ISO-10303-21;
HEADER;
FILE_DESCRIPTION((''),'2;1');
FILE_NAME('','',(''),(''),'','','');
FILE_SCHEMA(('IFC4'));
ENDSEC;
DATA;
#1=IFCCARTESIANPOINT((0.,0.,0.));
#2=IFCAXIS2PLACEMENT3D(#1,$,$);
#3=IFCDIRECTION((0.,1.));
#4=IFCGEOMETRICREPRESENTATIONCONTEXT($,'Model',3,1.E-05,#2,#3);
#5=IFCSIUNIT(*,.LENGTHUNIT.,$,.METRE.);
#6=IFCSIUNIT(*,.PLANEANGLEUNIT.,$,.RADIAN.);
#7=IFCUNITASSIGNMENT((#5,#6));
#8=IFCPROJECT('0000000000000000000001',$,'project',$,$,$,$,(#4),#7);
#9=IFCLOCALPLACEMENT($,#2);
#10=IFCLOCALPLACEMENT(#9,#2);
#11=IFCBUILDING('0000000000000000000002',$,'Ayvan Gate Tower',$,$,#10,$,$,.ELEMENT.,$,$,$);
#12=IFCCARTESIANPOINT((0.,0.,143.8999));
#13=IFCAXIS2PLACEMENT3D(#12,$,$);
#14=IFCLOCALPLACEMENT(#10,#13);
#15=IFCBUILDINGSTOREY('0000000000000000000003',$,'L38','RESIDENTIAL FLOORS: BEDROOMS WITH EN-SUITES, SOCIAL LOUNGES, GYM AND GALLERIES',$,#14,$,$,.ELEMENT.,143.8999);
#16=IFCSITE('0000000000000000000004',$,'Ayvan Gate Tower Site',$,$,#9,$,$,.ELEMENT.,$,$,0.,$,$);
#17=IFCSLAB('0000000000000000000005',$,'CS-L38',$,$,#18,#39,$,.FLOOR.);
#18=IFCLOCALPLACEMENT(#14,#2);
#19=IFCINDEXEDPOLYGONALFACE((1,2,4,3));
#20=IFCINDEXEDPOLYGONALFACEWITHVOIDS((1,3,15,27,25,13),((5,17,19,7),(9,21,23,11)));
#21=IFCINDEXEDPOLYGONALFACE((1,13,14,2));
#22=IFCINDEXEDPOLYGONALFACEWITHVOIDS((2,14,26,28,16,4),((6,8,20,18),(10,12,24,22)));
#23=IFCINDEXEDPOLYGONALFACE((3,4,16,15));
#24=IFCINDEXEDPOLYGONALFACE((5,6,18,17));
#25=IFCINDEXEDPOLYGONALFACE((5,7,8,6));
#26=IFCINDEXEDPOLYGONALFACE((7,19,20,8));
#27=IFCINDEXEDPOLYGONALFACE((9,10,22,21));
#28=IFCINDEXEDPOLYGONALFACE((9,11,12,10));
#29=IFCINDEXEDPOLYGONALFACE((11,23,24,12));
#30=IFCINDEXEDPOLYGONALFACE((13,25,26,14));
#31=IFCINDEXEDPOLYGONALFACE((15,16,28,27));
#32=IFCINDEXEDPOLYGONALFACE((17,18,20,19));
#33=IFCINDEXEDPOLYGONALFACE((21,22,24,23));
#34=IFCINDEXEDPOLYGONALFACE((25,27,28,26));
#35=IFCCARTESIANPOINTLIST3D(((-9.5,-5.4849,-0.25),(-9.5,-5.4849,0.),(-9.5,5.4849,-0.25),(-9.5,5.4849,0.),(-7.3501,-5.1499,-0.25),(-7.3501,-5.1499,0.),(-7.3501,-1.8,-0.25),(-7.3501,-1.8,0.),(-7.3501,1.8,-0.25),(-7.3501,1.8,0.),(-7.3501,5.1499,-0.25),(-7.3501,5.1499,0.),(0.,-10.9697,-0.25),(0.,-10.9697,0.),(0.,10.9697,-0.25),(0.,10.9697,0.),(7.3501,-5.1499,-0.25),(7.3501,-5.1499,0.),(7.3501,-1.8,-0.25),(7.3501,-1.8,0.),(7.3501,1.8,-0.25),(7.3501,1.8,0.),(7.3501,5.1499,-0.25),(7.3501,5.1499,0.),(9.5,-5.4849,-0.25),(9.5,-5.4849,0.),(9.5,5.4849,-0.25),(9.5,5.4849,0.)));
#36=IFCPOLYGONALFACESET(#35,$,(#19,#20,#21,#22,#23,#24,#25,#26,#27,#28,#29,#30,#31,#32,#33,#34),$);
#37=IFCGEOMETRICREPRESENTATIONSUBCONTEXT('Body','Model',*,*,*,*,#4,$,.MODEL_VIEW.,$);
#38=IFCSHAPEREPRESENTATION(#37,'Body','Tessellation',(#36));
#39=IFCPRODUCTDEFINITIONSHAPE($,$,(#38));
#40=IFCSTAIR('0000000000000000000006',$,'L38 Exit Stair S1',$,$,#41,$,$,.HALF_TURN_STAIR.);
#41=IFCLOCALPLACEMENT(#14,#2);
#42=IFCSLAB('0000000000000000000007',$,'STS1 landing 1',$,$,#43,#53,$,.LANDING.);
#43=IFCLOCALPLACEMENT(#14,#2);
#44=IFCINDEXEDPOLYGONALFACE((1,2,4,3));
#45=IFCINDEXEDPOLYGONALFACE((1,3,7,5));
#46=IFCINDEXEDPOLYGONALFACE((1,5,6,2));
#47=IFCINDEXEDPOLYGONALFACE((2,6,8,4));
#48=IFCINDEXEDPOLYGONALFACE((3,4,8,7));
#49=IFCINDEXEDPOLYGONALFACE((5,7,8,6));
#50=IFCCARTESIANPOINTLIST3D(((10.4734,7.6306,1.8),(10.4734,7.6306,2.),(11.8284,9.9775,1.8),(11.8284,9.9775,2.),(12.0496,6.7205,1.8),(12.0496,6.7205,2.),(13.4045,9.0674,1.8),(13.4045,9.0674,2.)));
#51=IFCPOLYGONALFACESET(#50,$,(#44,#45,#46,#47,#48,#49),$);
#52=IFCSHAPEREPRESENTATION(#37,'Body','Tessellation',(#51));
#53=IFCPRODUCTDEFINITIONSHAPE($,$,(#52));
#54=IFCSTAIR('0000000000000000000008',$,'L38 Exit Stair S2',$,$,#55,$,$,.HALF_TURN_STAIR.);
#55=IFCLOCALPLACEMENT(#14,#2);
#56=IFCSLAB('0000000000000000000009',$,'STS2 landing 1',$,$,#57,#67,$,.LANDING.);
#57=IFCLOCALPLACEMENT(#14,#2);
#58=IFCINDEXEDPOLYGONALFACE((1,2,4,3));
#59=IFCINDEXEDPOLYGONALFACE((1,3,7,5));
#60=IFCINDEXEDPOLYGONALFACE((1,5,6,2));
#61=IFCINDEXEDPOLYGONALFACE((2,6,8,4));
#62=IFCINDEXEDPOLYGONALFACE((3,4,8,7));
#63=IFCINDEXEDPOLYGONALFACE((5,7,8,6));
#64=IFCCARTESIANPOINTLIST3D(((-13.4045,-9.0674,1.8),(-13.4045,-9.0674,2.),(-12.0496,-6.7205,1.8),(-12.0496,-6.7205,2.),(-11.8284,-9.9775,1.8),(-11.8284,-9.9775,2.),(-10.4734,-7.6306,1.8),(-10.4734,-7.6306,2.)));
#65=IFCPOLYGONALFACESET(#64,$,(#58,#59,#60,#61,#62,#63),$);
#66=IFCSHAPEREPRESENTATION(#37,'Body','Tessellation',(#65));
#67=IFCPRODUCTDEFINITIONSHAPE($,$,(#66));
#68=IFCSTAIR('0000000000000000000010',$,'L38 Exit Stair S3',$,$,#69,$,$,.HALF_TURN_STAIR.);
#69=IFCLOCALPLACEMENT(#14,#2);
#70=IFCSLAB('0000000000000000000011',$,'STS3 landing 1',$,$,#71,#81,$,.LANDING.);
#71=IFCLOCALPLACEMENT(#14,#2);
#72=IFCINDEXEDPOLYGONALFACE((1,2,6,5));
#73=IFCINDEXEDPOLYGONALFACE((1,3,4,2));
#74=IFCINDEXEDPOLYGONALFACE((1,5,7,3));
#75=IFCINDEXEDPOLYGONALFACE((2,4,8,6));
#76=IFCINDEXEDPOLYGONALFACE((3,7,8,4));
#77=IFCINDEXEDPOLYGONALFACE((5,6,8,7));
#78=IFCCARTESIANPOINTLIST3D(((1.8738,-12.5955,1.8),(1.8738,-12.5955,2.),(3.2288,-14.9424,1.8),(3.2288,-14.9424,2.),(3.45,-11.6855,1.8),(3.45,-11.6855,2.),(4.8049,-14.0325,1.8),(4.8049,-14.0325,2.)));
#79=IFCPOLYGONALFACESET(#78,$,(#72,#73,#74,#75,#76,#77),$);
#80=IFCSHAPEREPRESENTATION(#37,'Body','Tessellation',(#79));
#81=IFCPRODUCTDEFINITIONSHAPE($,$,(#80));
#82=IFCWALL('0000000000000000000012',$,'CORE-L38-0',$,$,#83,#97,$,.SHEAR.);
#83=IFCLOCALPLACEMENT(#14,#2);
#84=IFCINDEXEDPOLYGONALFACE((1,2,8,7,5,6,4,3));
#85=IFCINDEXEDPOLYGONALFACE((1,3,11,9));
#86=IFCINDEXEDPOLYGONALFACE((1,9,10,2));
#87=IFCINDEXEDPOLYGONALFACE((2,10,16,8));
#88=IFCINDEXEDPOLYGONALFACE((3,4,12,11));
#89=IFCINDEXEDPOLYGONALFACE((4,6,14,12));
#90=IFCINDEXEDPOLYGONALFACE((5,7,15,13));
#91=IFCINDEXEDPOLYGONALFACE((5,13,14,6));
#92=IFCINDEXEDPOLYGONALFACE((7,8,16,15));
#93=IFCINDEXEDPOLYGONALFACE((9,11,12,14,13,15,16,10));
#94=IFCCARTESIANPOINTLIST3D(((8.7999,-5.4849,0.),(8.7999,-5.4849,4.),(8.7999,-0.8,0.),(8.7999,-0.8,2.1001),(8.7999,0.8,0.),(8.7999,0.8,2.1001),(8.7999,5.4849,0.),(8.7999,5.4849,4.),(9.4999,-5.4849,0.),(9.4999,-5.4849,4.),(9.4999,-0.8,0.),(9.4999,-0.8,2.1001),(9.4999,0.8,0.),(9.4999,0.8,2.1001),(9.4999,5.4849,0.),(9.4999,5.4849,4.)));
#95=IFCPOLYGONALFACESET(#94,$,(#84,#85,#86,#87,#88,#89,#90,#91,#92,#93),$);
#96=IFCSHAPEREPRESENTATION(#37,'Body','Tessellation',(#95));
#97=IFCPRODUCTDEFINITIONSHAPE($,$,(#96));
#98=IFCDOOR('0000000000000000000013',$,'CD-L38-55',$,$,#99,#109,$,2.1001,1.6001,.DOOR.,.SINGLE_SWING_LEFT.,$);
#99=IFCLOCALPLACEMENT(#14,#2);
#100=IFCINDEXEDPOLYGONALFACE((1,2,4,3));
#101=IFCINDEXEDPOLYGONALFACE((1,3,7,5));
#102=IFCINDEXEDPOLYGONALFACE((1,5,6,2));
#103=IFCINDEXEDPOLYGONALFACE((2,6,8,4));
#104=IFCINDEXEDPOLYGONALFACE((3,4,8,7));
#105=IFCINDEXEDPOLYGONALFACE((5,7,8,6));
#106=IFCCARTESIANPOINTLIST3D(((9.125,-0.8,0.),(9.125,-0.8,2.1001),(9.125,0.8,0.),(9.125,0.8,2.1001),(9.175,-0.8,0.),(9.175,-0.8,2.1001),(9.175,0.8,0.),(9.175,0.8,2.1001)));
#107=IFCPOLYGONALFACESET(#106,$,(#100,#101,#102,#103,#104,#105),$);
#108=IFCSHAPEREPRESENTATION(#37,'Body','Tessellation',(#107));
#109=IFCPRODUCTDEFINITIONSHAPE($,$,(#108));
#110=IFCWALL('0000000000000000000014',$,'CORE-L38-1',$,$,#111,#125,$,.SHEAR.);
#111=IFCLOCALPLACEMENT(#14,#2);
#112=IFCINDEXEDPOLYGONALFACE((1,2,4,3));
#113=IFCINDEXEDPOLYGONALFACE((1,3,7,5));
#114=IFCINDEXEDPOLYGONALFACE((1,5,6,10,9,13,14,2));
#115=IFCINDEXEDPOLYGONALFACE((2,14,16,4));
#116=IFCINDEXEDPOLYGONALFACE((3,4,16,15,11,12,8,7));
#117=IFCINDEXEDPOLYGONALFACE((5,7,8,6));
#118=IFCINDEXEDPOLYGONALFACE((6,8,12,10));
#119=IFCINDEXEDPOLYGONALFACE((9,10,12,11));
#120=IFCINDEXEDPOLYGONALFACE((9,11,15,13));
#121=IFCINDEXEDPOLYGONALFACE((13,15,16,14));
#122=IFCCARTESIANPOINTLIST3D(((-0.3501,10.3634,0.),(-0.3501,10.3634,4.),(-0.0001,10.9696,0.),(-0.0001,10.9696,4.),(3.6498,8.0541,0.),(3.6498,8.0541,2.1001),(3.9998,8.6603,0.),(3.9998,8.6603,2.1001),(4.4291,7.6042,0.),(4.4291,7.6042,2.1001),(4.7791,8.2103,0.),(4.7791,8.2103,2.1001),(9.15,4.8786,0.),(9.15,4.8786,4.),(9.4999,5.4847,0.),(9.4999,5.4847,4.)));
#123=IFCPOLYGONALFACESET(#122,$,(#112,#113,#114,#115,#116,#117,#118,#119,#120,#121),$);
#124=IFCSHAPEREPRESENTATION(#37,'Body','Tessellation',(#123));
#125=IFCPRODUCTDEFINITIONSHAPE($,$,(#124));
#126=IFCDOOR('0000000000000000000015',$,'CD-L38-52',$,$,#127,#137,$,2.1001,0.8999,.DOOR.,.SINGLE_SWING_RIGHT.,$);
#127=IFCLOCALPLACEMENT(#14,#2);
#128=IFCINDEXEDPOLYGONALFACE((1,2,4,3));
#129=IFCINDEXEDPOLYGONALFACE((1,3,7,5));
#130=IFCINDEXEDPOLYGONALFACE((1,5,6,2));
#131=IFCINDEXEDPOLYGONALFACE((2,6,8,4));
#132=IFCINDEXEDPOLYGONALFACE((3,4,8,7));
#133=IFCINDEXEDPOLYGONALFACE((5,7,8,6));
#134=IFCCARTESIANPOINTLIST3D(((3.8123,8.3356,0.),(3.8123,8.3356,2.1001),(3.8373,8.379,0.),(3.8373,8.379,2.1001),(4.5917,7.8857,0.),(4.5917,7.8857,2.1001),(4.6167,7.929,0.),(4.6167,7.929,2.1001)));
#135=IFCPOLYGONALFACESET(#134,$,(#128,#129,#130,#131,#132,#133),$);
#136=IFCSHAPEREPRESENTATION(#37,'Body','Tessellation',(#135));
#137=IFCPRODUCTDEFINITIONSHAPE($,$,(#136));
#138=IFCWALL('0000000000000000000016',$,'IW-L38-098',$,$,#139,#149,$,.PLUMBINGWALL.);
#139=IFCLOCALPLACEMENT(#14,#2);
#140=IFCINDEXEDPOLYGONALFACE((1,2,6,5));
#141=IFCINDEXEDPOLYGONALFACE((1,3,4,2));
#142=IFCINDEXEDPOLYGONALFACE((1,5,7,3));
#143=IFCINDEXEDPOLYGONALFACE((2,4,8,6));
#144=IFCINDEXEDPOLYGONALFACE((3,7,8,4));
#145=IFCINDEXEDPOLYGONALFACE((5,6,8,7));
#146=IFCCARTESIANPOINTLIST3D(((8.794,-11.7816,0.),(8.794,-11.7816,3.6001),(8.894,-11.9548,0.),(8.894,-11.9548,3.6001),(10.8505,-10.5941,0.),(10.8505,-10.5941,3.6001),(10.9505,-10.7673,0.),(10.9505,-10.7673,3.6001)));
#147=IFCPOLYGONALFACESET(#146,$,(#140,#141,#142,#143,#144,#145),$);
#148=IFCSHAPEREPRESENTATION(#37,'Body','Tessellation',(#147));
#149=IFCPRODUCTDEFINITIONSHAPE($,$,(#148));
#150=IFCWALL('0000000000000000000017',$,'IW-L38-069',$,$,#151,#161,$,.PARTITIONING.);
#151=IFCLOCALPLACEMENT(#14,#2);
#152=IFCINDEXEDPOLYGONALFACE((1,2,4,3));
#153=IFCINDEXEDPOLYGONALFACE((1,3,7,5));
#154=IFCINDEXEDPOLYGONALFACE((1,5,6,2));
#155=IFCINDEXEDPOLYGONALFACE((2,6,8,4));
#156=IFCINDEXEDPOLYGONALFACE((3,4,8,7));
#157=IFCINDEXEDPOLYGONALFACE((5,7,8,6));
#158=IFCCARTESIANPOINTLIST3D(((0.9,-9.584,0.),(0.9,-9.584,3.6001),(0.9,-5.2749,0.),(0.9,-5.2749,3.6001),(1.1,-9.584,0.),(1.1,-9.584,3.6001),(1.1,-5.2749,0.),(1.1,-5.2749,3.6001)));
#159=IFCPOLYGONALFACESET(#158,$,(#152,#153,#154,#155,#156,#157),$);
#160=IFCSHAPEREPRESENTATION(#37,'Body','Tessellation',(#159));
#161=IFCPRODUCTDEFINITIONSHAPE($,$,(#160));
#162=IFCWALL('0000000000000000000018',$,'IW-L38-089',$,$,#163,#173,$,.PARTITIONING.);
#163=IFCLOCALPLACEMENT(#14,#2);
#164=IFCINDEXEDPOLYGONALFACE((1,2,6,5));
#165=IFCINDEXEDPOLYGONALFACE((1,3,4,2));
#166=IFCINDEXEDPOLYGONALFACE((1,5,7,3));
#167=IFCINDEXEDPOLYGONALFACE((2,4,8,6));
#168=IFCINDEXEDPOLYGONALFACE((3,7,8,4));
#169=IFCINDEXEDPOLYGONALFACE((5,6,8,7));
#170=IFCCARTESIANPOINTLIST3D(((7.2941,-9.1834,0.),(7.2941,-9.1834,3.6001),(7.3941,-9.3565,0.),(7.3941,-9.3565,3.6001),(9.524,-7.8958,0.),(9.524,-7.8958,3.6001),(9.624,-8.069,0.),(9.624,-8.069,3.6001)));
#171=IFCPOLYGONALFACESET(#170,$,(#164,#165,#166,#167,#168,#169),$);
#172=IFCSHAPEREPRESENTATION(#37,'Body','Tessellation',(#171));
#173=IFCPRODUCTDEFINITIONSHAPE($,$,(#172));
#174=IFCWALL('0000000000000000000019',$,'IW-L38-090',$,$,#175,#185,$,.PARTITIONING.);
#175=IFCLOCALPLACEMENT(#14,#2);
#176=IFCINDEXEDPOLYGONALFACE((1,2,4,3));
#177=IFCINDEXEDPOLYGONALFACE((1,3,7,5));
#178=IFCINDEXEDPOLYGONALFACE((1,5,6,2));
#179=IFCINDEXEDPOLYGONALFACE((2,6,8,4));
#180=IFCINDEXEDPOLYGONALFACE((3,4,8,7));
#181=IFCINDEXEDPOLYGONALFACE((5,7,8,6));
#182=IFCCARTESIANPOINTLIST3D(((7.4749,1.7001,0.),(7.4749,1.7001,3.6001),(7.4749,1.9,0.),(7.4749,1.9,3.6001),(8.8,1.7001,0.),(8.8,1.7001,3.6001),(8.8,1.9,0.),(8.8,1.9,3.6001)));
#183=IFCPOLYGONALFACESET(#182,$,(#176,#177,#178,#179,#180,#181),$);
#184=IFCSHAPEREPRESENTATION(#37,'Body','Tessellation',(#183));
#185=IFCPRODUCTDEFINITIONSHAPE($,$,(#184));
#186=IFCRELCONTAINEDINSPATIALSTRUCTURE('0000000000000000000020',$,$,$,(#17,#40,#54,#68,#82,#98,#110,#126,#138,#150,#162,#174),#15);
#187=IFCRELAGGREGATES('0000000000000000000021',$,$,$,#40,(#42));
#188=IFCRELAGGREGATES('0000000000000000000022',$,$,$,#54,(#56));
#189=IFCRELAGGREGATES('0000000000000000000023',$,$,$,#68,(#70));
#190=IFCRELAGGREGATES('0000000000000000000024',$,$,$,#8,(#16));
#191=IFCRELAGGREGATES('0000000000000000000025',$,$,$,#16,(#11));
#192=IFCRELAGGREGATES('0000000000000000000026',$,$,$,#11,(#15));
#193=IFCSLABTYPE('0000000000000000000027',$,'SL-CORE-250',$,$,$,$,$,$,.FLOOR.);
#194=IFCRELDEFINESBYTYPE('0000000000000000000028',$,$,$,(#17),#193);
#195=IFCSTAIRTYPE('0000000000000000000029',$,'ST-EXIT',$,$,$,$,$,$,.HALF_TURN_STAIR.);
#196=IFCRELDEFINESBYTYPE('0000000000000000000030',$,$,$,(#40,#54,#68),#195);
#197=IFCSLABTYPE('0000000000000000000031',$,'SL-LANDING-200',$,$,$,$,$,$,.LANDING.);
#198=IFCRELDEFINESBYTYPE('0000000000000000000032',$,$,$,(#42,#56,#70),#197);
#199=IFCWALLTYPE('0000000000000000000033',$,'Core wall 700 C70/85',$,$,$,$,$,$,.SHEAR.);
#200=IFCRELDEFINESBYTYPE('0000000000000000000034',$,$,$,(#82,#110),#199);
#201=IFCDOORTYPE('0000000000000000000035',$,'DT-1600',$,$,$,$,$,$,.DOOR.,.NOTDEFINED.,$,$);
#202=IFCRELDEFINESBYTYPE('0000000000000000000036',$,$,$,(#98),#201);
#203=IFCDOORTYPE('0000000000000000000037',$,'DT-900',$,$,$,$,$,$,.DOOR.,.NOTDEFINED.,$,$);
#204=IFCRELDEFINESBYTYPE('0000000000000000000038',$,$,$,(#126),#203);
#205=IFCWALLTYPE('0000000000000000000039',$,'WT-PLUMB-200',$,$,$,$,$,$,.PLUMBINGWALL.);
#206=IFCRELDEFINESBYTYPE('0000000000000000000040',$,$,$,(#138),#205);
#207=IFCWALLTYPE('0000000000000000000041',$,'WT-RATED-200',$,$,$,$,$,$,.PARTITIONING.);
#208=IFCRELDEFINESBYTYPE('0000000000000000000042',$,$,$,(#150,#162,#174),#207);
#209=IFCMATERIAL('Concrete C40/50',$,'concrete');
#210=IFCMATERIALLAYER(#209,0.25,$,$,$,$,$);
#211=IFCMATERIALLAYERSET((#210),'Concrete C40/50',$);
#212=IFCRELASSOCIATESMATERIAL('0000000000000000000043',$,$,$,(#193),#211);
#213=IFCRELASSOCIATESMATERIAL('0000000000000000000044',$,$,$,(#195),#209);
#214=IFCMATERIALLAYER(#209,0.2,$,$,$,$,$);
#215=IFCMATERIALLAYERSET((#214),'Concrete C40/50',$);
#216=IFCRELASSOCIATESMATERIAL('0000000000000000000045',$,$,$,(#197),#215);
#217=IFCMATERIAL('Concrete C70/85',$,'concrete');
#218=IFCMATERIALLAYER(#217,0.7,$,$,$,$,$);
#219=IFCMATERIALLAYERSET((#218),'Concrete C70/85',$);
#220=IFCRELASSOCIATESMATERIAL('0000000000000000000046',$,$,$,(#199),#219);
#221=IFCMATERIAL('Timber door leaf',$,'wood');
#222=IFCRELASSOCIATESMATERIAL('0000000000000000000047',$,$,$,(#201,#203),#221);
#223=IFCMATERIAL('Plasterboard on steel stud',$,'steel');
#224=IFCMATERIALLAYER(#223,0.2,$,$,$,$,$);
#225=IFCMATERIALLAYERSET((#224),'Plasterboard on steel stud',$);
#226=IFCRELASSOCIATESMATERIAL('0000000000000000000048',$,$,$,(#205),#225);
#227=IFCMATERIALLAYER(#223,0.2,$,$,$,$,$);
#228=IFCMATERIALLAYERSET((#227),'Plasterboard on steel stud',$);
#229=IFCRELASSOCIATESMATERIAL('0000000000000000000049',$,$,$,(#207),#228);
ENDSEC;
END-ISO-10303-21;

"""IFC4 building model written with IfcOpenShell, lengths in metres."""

from ifc_helpers import new_model, si_unit, direction, frame, frame_2d, origin, place, context, subcontext, project, spatial, polyline, rectangle, outline, extrude, material, layer, layer_set, type_object, element, fill, aggregate, save


model = new_model("IFC4")

# Units and contexts
model_context = context("Model", 3, precision=1e-05, world=origin(), true_north=direction((0.0, 1.0)))
body_context = subcontext(model_context, "Body", "Model", "MODEL_VIEW")
ifc_project = project(units=[si_unit("LENGTHUNIT", "METRE"), si_unit("PLANEANGLEUNIT", "RADIAN")], contexts=[model_context])

# Site, building, storey
site_placement = place(None, origin())
site = spatial("IfcSite", under=ifc_project, at=site_placement, Name="Ayvan Gate Tower Site", CompositionType="ELEMENT", RefElevation=0.0)
building_placement = place(site_placement, origin())
building = spatial("IfcBuilding", under=site, at=building_placement, Name="Ayvan Gate Tower", CompositionType="ELEMENT")
storey_placement = place(building_placement, frame((0.0, 0.0, 143.8999)))
storey = spatial("IfcBuildingStorey", under=building, at=storey_placement, Name="L38", Description="RESIDENTIAL FLOORS: BEDROOMS WITH EN-SUITES, SOCIAL LOUNGES, GYM AND GALLERIES", CompositionType="ELEMENT", Elevation=143.8999)

# Slab
ifc_material_1 = material(Name="Concrete C40/50", Category="concrete")
ifc_layer_1 = layer(ifc_material_1, 0.25)
ifc_layer_set_1 = layer_set([ifc_layer_1], Name="Concrete C40/50")
slab_type_1 = type_object("IfcSlabType", Name="SL-CORE-250", PredefinedType="FLOOR", material=ifc_layer_set_1)
slab_1_placement = place(storey_placement, frame((0.0, 0.0, -0.25)))
element("IfcSlab", 1, at=slab_1_placement, inside=storey, type_object=slab_type_1, Name="CS-L38", PredefinedType="FLOOR", context=body_context, shape_type="SweptSolid", body=[
    extrude(outline(polyline([(9.5, -5.4849), (0.0, -10.9697), (-9.5, -5.4849), (-9.5, 5.4849), (0.0, 10.9697), (9.5, 5.4849), (9.5, -5.4849)]), holes=[polyline([(-7.3501, -1.8), (-7.3501, -5.1499), (7.3501, -5.1499), (7.3501, -1.8), (-7.3501, -1.8)]), polyline([(-7.3501, 5.1499), (-7.3501, 1.8), (7.3501, 1.8), (7.3501, 5.1499), (-7.3501, 5.1499)])]), origin(), (0.0, 0.0, 1.0), 0.25),
])

# Stairs, slabs
stair_type = type_object("IfcStairType", Name="ST-EXIT", PredefinedType="HALF_TURN_STAIR", material=ifc_material_1)
stair_1_placement = place(storey_placement, origin())
stair_1 = element("IfcStair", 2, at=stair_1_placement, inside=storey, type_object=stair_type, Name="L38 Exit Stair S1", PredefinedType="HALF_TURN_STAIR")
ifc_layer_2 = layer(ifc_material_1, 0.2)
ifc_layer_set_2 = layer_set([ifc_layer_2], Name="Concrete C40/50")
slab_type_2 = type_object("IfcSlabType", Name="SL-LANDING-200", PredefinedType="LANDING", material=ifc_layer_set_2)
slab_2_placement = place(storey_placement, frame((0.0, 0.0, 1.8)))
slab_2 = element("IfcSlab", 3, at=slab_2_placement, type_object=slab_type_2, Name="STS1 landing 1", PredefinedType="LANDING", context=body_context, shape_type="SweptSolid", body=[
    extrude(outline(polyline([(10.4734, 7.6306), (12.0496, 6.7205), (13.4045, 9.0674), (11.8284, 9.9775), (10.4734, 7.6306)])), origin(), (0.0, 0.0, 1.0), 0.2),
])
aggregate(stair_1, [slab_2])
stair_2_placement = place(storey_placement, origin())
stair_2 = element("IfcStair", 4, at=stair_2_placement, inside=storey, type_object=stair_type, Name="L38 Exit Stair S2", PredefinedType="HALF_TURN_STAIR")
slab_3_placement = place(storey_placement, frame((0.0, 0.0, 1.8)))
slab_3 = element("IfcSlab", 5, at=slab_3_placement, type_object=slab_type_2, Name="STS2 landing 1", PredefinedType="LANDING", context=body_context, shape_type="SweptSolid", body=[
    extrude(outline(polyline([(-10.4734, -7.6306), (-12.0496, -6.7205), (-13.4045, -9.0674), (-11.8284, -9.9775), (-10.4734, -7.6306)])), origin(), (0.0, 0.0, 1.0), 0.2),
])
aggregate(stair_2, [slab_3])
stair_3_placement = place(storey_placement, origin())
stair_3 = element("IfcStair", 6, at=stair_3_placement, inside=storey, type_object=stair_type, Name="L38 Exit Stair S3", PredefinedType="HALF_TURN_STAIR")
slab_4_placement = place(storey_placement, frame((0.0, 0.0, 1.8)))
slab_4 = element("IfcSlab", 7, at=slab_4_placement, type_object=slab_type_2, Name="STS3 landing 1", PredefinedType="LANDING", context=body_context, shape_type="SweptSolid", body=[
    extrude(outline(polyline([(3.45, -11.6855), (1.8738, -12.5955), (3.2288, -14.9424), (4.8049, -14.0325), (3.45, -11.6855)])), origin(), (0.0, 0.0, 1.0), 0.2),
])
aggregate(stair_3, [slab_4])

# Walls, openings, doors
ifc_material_2 = material(Name="Concrete C70/85", Category="concrete")
ifc_layer_3 = layer(ifc_material_2, 0.7)
ifc_layer_set_3 = layer_set([ifc_layer_3], Name="Concrete C70/85")
wall_type_1 = type_object("IfcWallType", Name="Core wall 700 C70/85", PredefinedType="SHEAR", material=ifc_layer_set_3)
wall_1_placement = place(storey_placement, frame((9.1499, -5.4849, 0.0), z_axis=(0.0, 0.0, 1.0), x_axis=(0.0, 1.0, 0.0)))
wall_1 = element("IfcWall", 8, at=wall_1_placement, inside=storey, type_object=wall_type_1, Name="CORE-L38-0", PredefinedType="SHEAR", context=body_context, shape_type="SweptSolid", body=[
    extrude(rectangle(XDim=10.9697, YDim=0.7, at=frame_2d((5.4849, 0.0))), origin(), (0.0, 0.0, 1.0), 4.0),
])
opening_1_placement = place(wall_1_placement, frame((4.6848, 0.0, 0.0)))
opening_1 = element("IfcOpeningElement", 9, at=opening_1_placement, cuts=wall_1, PredefinedType="OPENING", context=body_context, shape_type="SweptSolid", body=[
    extrude(rectangle(XDim=1.6001, YDim=2.1001, at=frame_2d((0.8, 1.05))), frame((0.0, 0.3599, 0.0), z_axis=(0.0, -1.0, 0.0), x_axis=(1.0, 0.0, 0.0)), (0.0, 0.0, 1.0), 0.72),
])
ifc_material_3 = material(Name="Timber door leaf", Category="wood")
door_type_1 = type_object("IfcDoorType", Name="DT-1600", OperationType="NOTDEFINED", PredefinedType="DOOR", material=ifc_material_3)
door_1_placement = place(opening_1_placement, origin())
door_1 = element("IfcDoor", 10, at=door_1_placement, inside=storey, type_object=door_type_1, Name="CD-L38-55", OperationType="SINGLE_SWING_LEFT", OverallHeight=2.1001, OverallWidth=1.6001, PredefinedType="DOOR", context=body_context, shape_type="SweptSolid", body=[
    extrude(rectangle(XDim=1.6001, YDim=2.1001, at=frame_2d((0.8, 1.05))), frame((0.0, 0.0249, 0.0), z_axis=(0.0, -1.0, 0.0), x_axis=(1.0, 0.0, 0.0)), (0.0, 0.0, 1.0), 0.05),
])
fill(opening_1, door_1)
wall_2_placement = place(storey_placement, frame((9.325, 5.1816, 0.0), z_axis=(0.0, 0.0, 1.0), x_axis=(-0.866024, 0.500002, 0.0)))
wall_2 = element("IfcWall", 11, at=wall_2_placement, inside=storey, type_object=wall_type_1, Name="CORE-L38-1", PredefinedType="SHEAR", context=body_context, shape_type="SweptSolid", body=[
    extrude(rectangle(XDim=10.9697, YDim=0.7, at=frame_2d((5.4849, 0.0))), origin(), (0.0, 0.0, 1.0), 4.0),
])
opening_2_placement = place(wall_2_placement, frame((5.4512, 0.0, 0.0)))
opening_2 = element("IfcOpeningElement", 12, at=opening_2_placement, cuts=wall_2, PredefinedType="OPENING", context=body_context, shape_type="SweptSolid", body=[
    extrude(rectangle(XDim=0.8999, YDim=2.1001, at=frame_2d((0.45, 1.05))), frame((0.0, 0.3599, 0.0), z_axis=(0.0, -1.0, 0.0), x_axis=(1.0, 0.0, 0.0)), (0.0, 0.0, 1.0), 0.72),
])
door_type_2 = type_object("IfcDoorType", Name="DT-900", OperationType="NOTDEFINED", PredefinedType="DOOR", material=ifc_material_3)
door_2_placement = place(opening_2_placement, origin())
door_2 = element("IfcDoor", 13, at=door_2_placement, inside=storey, type_object=door_type_2, Name="CD-L38-52", OperationType="SINGLE_SWING_RIGHT", OverallHeight=2.1001, OverallWidth=0.8999, PredefinedType="DOOR", context=body_context, shape_type="SweptSolid", body=[
    extrude(rectangle(XDim=0.8999, YDim=2.1001, at=frame_2d((0.45, 1.05))), frame((0.0, 0.0249, 0.0), z_axis=(0.0, -1.0, 0.0), x_axis=(1.0, 0.0, 0.0)), (0.0, 0.0, 1.0), 0.05),
])
fill(opening_2, door_2)

# Walls
ifc_material_4 = material(Name="Plasterboard on steel stud", Category="steel")
ifc_layer_4 = layer(ifc_material_4, 0.2)
ifc_layer_set_4 = layer_set([ifc_layer_4], Name="Plasterboard on steel stud")
wall_type_2 = type_object("IfcWallType", Name="WT-PLUMB-200", PredefinedType="PLUMBINGWALL", material=ifc_layer_set_4)
wall_3_placement = place(storey_placement, frame((10.9006, -10.6807, 0.0), z_axis=(0.0, 0.0, 1.0), x_axis=(-0.866008, -0.500031, 0.0)))
element("IfcWall", 14, at=wall_3_placement, inside=storey, type_object=wall_type_2, Name="IW-L38-098", PredefinedType="PLUMBINGWALL", context=body_context, shape_type="SweptSolid", body=[
    extrude(rectangle(XDim=2.3748, YDim=0.2, at=frame_2d((1.1875, 0.0))), origin(), (0.0, 0.0, 1.0), 3.6001),
])
ifc_layer_5 = layer(ifc_material_4, 0.2)
ifc_layer_set_5 = layer_set([ifc_layer_5], Name="Plasterboard on steel stud")
wall_type_3 = type_object("IfcWallType", Name="WT-RATED-200", PredefinedType="PARTITIONING", material=ifc_layer_set_5)
wall_4_placement = place(storey_placement, frame((1.0, -5.2749, 0.0), z_axis=(0.0, 0.0, 1.0), x_axis=(0.0, -1.0, 0.0)))
element("IfcWall", 15, at=wall_4_placement, inside=storey, type_object=wall_type_3, Name="IW-L38-069", PredefinedType="PARTITIONING", context=body_context, shape_type="SweptSolid", body=[
    extrude(rectangle(XDim=4.3091, YDim=0.2, at=frame_2d((2.1545, 0.0))), origin(), (0.0, 0.0, 1.0), 3.6001),
])
wall_5_placement = place(storey_placement, frame((7.344, -9.27, 0.0), z_axis=(0.0, 0.0, 1.0), x_axis=(0.866006, 0.500034, 0.0)))
element("IfcWall", 16, at=wall_5_placement, inside=storey, type_object=wall_type_3, Name="IW-L38-089", PredefinedType="PARTITIONING", context=body_context, shape_type="SweptSolid", body=[
    extrude(rectangle(XDim=2.575, YDim=0.2, at=frame_2d((1.2876, 0.0))), origin(), (0.0, 0.0, 1.0), 3.6001),
])
for number, where, z_axis, x_axis, name in (
    (17, (7.4749, 1.8, 0.0), (0.0, 0.0, 1.0), (1.0, 0.0, 0.0), "IW-L38-090"),
):
    element("IfcWall", number, at=place(storey_placement, frame(where, z_axis=z_axis, x_axis=x_axis)), inside=storey, type_object=wall_type_3, Name=name, PredefinedType="PARTITIONING", context=body_context, shape_type="SweptSolid", body=[
        extrude(rectangle(XDim=1.3252, YDim=0.2, at=frame_2d((0.6626, 0.0))), origin(), (0.0, 0.0, 1.0), 3.6001),
    ])

save(model, "model.ifc")
